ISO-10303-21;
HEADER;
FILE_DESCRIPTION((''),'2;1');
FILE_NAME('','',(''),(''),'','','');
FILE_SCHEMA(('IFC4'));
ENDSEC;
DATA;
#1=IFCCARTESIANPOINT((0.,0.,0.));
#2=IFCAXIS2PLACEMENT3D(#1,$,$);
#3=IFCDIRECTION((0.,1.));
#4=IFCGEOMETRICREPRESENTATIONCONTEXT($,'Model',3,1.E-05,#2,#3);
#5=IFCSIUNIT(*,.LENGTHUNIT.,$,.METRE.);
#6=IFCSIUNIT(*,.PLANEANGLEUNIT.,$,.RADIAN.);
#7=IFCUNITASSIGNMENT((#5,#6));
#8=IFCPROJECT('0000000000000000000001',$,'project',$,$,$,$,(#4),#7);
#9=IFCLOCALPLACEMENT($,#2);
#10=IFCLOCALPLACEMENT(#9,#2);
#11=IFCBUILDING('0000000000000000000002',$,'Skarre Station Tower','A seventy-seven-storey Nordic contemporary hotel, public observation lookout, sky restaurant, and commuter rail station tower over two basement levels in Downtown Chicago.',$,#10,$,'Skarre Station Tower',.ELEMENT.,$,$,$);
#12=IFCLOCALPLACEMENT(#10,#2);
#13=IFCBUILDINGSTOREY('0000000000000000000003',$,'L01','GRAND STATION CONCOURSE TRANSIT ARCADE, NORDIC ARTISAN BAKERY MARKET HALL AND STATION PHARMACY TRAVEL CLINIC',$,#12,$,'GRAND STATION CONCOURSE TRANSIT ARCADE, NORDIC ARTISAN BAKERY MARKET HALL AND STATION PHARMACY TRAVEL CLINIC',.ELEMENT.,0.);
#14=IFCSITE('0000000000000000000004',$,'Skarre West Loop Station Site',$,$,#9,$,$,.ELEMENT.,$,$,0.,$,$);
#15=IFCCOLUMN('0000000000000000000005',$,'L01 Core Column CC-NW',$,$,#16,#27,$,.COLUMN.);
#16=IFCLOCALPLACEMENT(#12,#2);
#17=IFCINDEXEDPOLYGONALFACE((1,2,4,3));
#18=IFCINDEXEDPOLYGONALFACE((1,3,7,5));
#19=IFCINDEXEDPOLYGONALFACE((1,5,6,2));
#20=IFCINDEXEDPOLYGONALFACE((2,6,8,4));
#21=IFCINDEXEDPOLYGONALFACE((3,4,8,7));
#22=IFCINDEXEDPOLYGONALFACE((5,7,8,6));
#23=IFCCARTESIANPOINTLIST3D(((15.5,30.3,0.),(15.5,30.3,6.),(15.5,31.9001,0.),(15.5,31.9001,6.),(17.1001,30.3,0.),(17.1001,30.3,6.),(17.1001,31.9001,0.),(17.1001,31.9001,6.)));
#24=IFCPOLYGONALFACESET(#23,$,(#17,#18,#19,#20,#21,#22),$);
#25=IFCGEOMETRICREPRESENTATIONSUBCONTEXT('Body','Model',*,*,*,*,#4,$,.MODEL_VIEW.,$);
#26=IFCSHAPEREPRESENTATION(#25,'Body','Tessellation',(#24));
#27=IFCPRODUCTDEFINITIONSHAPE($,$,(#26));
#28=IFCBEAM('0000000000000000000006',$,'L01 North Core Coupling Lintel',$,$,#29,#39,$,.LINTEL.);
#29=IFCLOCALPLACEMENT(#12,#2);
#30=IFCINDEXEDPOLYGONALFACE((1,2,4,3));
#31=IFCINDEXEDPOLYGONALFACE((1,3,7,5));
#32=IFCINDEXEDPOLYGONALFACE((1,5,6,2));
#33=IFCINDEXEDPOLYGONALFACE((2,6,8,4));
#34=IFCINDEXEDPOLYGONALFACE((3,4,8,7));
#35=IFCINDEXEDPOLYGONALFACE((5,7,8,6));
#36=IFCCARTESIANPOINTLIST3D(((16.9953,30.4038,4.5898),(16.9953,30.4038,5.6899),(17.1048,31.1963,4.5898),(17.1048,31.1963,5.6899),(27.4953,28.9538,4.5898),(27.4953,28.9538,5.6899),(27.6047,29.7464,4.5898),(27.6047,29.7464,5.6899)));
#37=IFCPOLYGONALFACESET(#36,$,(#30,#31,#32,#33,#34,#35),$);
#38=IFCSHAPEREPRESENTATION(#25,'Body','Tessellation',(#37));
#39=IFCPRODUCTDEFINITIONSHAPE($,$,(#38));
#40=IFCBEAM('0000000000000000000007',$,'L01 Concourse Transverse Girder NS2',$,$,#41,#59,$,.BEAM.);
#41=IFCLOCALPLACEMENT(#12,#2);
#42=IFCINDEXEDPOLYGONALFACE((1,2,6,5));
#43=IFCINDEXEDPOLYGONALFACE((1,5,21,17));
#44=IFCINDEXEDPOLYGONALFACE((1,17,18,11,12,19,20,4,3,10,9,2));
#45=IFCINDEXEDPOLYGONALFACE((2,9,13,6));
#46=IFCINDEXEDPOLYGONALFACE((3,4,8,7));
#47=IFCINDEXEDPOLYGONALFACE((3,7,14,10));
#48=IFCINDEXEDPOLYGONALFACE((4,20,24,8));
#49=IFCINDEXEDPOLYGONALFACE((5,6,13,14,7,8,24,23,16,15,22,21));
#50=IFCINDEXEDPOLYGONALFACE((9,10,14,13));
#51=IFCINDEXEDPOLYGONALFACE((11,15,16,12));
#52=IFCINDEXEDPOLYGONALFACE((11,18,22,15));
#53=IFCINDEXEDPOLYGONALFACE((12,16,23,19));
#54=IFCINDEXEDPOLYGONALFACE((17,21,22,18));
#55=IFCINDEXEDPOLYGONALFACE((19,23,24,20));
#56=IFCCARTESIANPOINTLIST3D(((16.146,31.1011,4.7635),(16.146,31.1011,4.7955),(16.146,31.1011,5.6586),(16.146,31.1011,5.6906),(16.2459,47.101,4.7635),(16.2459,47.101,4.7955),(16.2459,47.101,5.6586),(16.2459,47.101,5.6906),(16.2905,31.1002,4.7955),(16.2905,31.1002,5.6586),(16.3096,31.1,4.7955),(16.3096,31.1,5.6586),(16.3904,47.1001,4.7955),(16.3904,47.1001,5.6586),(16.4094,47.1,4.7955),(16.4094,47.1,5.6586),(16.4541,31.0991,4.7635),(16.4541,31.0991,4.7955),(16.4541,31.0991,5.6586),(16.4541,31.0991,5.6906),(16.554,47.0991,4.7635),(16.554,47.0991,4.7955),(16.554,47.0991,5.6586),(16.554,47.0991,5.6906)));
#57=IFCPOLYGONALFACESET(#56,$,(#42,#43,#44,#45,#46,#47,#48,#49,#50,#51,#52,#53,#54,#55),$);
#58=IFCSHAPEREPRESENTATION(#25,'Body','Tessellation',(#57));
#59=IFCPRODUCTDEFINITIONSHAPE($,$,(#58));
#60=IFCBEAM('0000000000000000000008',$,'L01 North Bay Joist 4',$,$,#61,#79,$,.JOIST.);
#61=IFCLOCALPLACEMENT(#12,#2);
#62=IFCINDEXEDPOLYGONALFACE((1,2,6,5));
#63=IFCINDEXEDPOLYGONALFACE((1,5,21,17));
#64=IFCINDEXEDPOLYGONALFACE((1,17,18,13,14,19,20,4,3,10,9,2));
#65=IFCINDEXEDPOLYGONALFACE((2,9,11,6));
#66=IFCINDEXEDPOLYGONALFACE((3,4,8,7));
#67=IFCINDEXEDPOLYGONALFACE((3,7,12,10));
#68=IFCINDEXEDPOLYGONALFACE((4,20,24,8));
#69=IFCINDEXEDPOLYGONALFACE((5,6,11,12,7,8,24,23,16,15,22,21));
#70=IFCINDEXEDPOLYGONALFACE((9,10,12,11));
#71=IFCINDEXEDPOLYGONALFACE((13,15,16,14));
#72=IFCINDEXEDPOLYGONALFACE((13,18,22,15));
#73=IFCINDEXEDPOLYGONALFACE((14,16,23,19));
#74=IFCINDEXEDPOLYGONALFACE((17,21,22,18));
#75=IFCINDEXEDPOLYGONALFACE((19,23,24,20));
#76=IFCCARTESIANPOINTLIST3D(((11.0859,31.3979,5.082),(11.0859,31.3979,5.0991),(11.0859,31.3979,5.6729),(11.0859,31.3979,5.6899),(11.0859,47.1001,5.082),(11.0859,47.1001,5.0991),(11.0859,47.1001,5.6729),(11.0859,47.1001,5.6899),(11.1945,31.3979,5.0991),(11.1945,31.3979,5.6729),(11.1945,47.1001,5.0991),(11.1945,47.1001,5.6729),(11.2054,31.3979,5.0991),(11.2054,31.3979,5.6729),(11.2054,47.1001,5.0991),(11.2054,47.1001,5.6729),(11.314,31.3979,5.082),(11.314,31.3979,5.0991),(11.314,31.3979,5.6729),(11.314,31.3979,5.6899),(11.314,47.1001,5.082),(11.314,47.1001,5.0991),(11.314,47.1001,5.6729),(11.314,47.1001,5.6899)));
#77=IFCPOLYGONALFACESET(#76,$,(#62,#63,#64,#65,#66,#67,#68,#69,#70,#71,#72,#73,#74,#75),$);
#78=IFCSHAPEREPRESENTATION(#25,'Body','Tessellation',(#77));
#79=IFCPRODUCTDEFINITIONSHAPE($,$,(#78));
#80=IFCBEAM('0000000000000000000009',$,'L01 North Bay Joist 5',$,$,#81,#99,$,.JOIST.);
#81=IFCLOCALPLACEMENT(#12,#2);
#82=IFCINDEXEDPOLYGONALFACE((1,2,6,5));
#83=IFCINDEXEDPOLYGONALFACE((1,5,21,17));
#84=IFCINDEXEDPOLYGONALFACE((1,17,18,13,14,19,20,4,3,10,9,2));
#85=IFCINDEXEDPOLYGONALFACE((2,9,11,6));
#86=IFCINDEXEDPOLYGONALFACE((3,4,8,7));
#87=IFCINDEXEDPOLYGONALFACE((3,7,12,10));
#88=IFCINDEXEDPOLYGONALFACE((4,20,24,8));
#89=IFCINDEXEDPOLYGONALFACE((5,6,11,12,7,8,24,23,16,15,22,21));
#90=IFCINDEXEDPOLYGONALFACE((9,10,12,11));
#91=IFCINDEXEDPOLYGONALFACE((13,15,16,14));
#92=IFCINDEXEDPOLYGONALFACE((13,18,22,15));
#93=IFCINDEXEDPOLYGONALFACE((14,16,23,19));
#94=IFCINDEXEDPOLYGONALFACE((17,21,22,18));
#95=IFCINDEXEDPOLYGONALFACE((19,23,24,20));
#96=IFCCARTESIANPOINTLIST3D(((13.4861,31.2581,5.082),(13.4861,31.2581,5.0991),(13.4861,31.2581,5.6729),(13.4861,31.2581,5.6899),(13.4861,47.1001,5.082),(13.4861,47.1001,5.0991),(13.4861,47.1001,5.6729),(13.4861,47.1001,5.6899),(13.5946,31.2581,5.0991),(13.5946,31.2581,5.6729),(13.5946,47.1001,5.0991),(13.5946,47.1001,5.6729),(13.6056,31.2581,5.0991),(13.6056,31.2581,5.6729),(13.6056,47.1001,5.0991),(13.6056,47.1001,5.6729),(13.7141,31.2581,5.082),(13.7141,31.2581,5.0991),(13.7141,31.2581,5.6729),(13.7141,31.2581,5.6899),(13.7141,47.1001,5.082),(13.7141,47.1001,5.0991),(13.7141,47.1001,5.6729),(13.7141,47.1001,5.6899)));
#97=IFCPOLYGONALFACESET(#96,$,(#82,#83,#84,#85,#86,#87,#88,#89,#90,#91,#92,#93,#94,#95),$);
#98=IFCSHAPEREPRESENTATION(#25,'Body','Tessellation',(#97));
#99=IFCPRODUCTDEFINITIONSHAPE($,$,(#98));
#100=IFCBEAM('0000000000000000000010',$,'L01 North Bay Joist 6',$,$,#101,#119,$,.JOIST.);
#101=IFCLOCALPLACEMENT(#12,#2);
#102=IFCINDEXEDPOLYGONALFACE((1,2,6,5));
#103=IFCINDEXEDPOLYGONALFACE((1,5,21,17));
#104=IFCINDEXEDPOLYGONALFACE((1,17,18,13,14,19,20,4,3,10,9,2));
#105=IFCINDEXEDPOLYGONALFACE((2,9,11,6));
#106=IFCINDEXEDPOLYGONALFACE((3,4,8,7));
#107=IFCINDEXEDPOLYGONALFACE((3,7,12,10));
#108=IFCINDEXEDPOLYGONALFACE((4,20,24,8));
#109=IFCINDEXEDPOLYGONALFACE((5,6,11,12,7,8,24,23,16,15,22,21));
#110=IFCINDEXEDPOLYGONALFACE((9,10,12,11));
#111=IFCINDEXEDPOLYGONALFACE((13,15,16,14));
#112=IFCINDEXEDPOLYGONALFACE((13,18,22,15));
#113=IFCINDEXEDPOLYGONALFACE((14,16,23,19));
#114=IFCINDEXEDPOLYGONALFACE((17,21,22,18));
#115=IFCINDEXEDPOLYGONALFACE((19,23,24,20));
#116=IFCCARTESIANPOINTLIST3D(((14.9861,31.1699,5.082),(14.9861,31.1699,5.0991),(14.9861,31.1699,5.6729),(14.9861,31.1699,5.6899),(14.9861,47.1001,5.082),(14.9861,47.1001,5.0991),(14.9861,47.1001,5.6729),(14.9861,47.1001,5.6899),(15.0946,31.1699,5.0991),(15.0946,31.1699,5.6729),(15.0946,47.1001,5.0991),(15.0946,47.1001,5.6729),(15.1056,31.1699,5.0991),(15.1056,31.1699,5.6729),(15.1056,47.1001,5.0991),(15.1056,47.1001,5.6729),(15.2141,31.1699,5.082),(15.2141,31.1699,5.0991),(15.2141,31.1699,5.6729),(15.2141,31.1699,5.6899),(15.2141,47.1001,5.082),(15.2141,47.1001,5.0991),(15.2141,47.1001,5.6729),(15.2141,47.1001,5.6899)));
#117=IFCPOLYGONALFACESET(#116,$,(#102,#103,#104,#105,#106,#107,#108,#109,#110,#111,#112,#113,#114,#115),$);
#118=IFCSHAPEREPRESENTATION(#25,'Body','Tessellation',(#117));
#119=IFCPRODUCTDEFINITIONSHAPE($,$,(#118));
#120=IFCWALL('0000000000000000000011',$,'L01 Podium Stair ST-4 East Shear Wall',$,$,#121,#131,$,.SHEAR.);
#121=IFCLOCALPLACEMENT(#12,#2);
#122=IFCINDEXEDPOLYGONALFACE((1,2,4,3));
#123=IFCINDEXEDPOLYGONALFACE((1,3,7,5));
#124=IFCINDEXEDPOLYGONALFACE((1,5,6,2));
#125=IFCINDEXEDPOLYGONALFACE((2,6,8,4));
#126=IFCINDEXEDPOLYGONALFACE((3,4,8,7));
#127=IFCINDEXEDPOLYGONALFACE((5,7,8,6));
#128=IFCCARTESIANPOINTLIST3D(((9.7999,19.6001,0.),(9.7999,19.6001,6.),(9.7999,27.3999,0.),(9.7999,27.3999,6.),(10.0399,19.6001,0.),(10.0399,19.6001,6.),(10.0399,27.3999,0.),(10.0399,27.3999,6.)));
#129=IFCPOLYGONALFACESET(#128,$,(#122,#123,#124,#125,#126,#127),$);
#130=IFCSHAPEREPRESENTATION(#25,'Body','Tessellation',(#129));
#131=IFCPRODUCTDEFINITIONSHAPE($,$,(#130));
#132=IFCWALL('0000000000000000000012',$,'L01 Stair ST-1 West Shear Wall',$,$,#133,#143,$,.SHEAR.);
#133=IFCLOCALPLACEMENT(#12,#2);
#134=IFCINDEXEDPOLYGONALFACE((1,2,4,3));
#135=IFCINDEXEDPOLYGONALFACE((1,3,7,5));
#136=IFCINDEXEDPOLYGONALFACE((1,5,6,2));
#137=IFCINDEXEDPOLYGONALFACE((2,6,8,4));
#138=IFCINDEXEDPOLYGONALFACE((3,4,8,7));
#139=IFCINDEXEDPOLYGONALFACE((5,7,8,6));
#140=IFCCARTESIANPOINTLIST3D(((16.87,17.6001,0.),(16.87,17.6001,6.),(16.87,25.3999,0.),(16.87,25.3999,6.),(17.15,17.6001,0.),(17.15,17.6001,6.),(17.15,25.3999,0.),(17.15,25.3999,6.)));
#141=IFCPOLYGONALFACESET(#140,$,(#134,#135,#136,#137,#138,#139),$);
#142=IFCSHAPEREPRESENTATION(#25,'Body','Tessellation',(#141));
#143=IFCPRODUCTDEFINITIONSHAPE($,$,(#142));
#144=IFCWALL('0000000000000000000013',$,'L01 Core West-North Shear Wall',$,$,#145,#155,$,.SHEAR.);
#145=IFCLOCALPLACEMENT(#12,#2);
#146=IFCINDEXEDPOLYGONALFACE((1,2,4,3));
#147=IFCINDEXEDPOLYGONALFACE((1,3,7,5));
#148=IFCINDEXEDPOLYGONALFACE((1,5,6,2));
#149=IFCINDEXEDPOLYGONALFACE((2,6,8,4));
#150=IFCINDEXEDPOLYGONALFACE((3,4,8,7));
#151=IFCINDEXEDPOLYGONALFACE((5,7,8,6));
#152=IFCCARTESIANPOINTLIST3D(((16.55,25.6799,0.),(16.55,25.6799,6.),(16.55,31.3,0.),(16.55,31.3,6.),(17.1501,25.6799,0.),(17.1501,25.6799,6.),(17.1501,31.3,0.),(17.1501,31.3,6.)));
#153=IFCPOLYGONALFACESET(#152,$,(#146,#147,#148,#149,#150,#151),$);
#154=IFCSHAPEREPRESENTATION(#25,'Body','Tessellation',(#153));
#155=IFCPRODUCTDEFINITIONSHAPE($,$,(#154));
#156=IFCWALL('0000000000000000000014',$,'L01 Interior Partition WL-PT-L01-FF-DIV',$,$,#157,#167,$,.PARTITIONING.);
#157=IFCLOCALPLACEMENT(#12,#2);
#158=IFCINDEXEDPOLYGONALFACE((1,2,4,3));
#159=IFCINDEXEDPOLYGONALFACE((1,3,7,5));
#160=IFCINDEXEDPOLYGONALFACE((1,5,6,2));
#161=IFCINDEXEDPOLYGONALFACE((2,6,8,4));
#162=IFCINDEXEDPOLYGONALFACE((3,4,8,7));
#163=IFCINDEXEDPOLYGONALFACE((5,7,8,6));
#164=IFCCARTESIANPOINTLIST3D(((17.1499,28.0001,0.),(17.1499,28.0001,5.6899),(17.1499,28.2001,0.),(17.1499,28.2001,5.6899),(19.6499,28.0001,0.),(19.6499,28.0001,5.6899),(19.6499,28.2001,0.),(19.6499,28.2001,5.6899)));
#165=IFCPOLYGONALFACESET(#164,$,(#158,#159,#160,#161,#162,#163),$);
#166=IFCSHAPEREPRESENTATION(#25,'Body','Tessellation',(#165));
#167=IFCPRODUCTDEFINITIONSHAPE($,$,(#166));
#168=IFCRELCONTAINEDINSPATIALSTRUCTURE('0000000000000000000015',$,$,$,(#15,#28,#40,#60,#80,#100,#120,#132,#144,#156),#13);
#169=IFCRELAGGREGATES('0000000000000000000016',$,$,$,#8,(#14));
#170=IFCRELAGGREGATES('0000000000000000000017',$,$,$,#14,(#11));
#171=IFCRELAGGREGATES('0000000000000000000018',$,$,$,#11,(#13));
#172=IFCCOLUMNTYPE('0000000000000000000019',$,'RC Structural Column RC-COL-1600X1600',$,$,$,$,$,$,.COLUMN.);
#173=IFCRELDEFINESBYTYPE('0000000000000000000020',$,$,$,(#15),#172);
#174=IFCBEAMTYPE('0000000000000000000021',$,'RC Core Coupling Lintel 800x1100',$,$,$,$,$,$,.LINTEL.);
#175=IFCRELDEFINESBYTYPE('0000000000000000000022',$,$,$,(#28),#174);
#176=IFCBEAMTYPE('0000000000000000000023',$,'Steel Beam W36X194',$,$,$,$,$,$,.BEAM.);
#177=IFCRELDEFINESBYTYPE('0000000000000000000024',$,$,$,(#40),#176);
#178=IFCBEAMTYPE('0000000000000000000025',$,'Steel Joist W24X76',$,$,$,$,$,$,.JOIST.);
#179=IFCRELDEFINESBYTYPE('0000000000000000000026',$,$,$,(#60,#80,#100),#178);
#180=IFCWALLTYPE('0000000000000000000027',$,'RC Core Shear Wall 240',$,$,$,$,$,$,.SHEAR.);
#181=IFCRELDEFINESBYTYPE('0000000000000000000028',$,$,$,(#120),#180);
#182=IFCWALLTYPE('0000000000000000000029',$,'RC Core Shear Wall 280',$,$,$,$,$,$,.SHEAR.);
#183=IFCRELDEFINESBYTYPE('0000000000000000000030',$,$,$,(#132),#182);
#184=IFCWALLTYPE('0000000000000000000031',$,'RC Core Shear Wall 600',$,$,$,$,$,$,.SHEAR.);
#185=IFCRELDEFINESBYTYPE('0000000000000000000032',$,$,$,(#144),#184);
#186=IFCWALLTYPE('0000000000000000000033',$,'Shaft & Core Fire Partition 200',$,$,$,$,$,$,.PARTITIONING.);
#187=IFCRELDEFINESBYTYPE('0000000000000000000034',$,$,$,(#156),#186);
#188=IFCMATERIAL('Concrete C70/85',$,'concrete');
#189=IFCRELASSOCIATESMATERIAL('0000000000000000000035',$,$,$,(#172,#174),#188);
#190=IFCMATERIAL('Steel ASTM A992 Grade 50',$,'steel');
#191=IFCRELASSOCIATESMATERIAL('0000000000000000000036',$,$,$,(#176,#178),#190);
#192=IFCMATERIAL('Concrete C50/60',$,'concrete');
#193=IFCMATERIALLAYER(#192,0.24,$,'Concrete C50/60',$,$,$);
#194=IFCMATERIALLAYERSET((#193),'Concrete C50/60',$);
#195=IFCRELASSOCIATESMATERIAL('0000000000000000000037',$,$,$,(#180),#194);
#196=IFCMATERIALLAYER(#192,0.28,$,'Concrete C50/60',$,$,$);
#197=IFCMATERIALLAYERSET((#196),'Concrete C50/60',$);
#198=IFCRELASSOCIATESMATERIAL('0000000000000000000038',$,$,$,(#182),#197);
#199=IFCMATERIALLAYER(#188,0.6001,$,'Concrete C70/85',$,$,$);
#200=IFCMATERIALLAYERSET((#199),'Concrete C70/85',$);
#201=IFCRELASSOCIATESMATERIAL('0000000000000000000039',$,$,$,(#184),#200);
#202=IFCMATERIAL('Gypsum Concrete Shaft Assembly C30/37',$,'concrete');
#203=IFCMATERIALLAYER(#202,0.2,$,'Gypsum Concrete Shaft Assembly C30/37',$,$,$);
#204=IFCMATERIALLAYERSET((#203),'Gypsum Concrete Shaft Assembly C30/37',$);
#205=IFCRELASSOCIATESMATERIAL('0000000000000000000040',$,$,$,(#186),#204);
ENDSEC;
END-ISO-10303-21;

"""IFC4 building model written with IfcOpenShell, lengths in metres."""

from ifc_helpers import new_model, si_unit, direction, frame, frame_2d, origin, origin_2d, place, context, subcontext, project, spatial, rectangle, i_section, extrude, material, layer, layer_set, material_profile, profile_set, type_object, element, save


model = new_model("IFC4")

# Units and contexts
model_context = context("Model", 3, precision=1e-05, world=origin(), true_north=direction((0.0, 1.0)))
body_context = subcontext(model_context, "Body", "Model", "MODEL_VIEW")
ifc_project = project(units=[si_unit("LENGTHUNIT", "METRE"), si_unit("PLANEANGLEUNIT", "RADIAN")], contexts=[model_context])

# Site, building, storey
site_placement = place(None, origin())
site = spatial("IfcSite", under=ifc_project, at=site_placement, Name="Skarre West Loop Station Site", CompositionType="ELEMENT", RefElevation=0.0)
building_placement = place(site_placement, origin())
building = spatial("IfcBuilding", under=site, at=building_placement, Name="Skarre Station Tower", Description="A seventy-seven-storey Nordic contemporary hotel, public observation lookout, sky restaurant, and commuter rail station tower over two basement levels in Downtown Chicago.", LongName="Skarre Station Tower", CompositionType="ELEMENT")
storey_placement = place(building_placement, origin())
storey = spatial("IfcBuildingStorey", under=building, at=storey_placement, Name="L01", Description="GRAND STATION CONCOURSE TRANSIT ARCADE, NORDIC ARTISAN BAKERY MARKET HALL AND STATION PHARMACY TRAVEL CLINIC", LongName="GRAND STATION CONCOURSE TRANSIT ARCADE, NORDIC ARTISAN BAKERY MARKET HALL AND STATION PHARMACY TRAVEL CLINIC", CompositionType="ELEMENT", Elevation=0.0)

# Column
ifc_material_1 = material(Name="Concrete C70/85", Category="concrete")
ifc_material_profile_1 = material_profile(ifc_material_1, rectangle(XDim=1.6001, YDim=1.6001, at=origin_2d()), Name="Concrete C70/85")
ifc_profile_set_1 = profile_set([ifc_material_profile_1], Name="Concrete C70/85")
column_type = type_object("IfcColumnType", Name="RC Structural Column RC-COL-1600X1600", PredefinedType="COLUMN", material=ifc_profile_set_1)
column_placement = place(storey_placement, frame((16.3, 31.1001, 0.0), z_axis=(0.0, 0.0, 1.0), x_axis=(1.0, 0.0, 0.0)))
element("IfcColumn", 1, at=column_placement, inside=storey, type_object=column_type, Name="L01 Core Column CC-NW", PredefinedType="COLUMN", context=body_context, shape_type="SweptSolid", body=[
    extrude(rectangle(XDim=1.6001, YDim=1.6001, at=origin_2d()), origin(), (0.0, 0.0, 1.0), 6.0),
])

# Beams
ifc_material_profile_2 = material_profile(ifc_material_1, rectangle(XDim=0.8, YDim=1.1001, at=origin_2d()), Name="Concrete C70/85")
ifc_profile_set_2 = profile_set([ifc_material_profile_2], Name="Concrete C70/85")
beam_type_1 = type_object("IfcBeamType", Name="RC Core Coupling Lintel 800x1100", PredefinedType="LINTEL", material=ifc_profile_set_2)
beam_1_placement = place(storey_placement, frame((17.05, 30.8, 5.1399), z_axis=(0.9906, -0.136792, 0.0), x_axis=(0.136792, 0.9906, 0.0)))
element("IfcBeam", 2, at=beam_1_placement, inside=storey, type_object=beam_type_1, Name="L01 North Core Coupling Lintel", PredefinedType="LINTEL", context=body_context, shape_type="SweptSolid", body=[
    extrude(rectangle(XDim=0.8, YDim=1.1001, at=origin_2d()), origin(), (0.0, 0.0, 1.0), 10.5996),
])
ifc_material_2 = material(Name="Steel ASTM A992 Grade 50", Category="steel")
ifc_material_profile_3 = material_profile(ifc_material_2, i_section(OverallWidth=0.3081, OverallDepth=0.927, WebThickness=0.019, FlangeThickness=0.032, at=origin_2d()), Name="Steel ASTM A992 Grade 50")
ifc_profile_set_3 = profile_set([ifc_material_profile_3], Name="Steel ASTM A992 Grade 50")
beam_type_2 = type_object("IfcBeamType", Name="Steel Beam W36X194", PredefinedType="BEAM", material=ifc_profile_set_3)
beam_2_placement = place(storey_placement, frame((16.3, 31.1001, 5.2271), z_axis=(0.006241, 0.999981, 0.0), x_axis=(-0.999981, 0.006241, 0.0)))
element("IfcBeam", 3, at=beam_2_placement, inside=storey, type_object=beam_type_2, Name="L01 Concourse Transverse Girder NS2", PredefinedType="BEAM", context=body_context, shape_type="SweptSolid", body=[
    extrude(i_section(OverallWidth=0.3081, OverallDepth=0.927, WebThickness=0.019, FlangeThickness=0.032, at=origin_2d()), origin(), (0.0, 0.0, 1.0), 16.0002),
])
ifc_material_profile_4 = material_profile(ifc_material_2, i_section(OverallWidth=0.228, OverallDepth=0.6079, WebThickness=0.011, FlangeThickness=0.0171, at=origin_2d()), Name="Steel ASTM A992 Grade 50")
ifc_profile_set_4 = profile_set([ifc_material_profile_4], Name="Steel ASTM A992 Grade 50")
beam_type_3 = type_object("IfcBeamType", Name="Steel Joist W24X76", PredefinedType="JOIST", material=ifc_profile_set_4)
beam_3_placement = place(storey_placement, frame((11.2, 31.3979, 5.386), z_axis=(0.0, 1.0, 0.0), x_axis=(-1.0, 0.0, 0.0)))
element("IfcBeam", 4, at=beam_3_placement, inside=storey, type_object=beam_type_3, Name="L01 North Bay Joist 4", PredefinedType="JOIST", context=body_context, shape_type="SweptSolid", body=[
    extrude(i_section(OverallWidth=0.228, OverallDepth=0.6079, WebThickness=0.011, FlangeThickness=0.0171, at=origin_2d()), origin(), (0.0, 0.0, 1.0), 15.7021),
])
beam_4_placement = place(storey_placement, frame((13.6001, 31.2581, 5.386), z_axis=(0.0, 1.0, 0.0), x_axis=(-1.0, 0.0, 0.0)))
element("IfcBeam", 5, at=beam_4_placement, inside=storey, type_object=beam_type_3, Name="L01 North Bay Joist 5", PredefinedType="JOIST", context=body_context, shape_type="SweptSolid", body=[
    extrude(i_section(OverallWidth=0.228, OverallDepth=0.6079, WebThickness=0.011, FlangeThickness=0.0171, at=origin_2d()), origin(), (0.0, 0.0, 1.0), 15.842),
])
beam_5_placement = place(storey_placement, frame((15.1001, 31.1699, 5.386), z_axis=(0.0, 1.0, 0.0), x_axis=(-1.0, 0.0, 0.0)))
element("IfcBeam", 6, at=beam_5_placement, inside=storey, type_object=beam_type_3, Name="L01 North Bay Joist 6", PredefinedType="JOIST", context=body_context, shape_type="SweptSolid", body=[
    extrude(i_section(OverallWidth=0.228, OverallDepth=0.6079, WebThickness=0.011, FlangeThickness=0.0171, at=origin_2d()), origin(), (0.0, 0.0, 1.0), 15.9302),
])

# Walls
ifc_material_3 = material(Name="Concrete C50/60", Category="concrete")
ifc_layer_1 = layer(ifc_material_3, 0.24, Name="Concrete C50/60")
ifc_layer_set_1 = layer_set([ifc_layer_1], Name="Concrete C50/60")
wall_type_1 = type_object("IfcWallType", Name="RC Core Shear Wall 240", PredefinedType="SHEAR", material=ifc_layer_set_1)
wall_1_placement = place(storey_placement, frame((9.9199, 19.6001, 0.0), z_axis=(0.0, 0.0, 1.0), x_axis=(0.0, 1.0, 0.0)))
element("IfcWall", 7, at=wall_1_placement, inside=storey, type_object=wall_type_1, Name="L01 Podium Stair ST-4 East Shear Wall", PredefinedType="SHEAR", context=body_context, shape_type="SweptSolid", body=[
    extrude(rectangle(XDim=7.7998, YDim=0.24, at=frame_2d((3.8999, 0.0))), origin(), (0.0, 0.0, 1.0), 6.0),
])
ifc_layer_2 = layer(ifc_material_3, 0.28, Name="Concrete C50/60")
ifc_layer_set_2 = layer_set([ifc_layer_2], Name="Concrete C50/60")
wall_type_2 = type_object("IfcWallType", Name="RC Core Shear Wall 280", PredefinedType="SHEAR", material=ifc_layer_set_2)
wall_2_placement = place(storey_placement, frame((17.01, 25.3999, 0.0), z_axis=(0.0, 0.0, 1.0), x_axis=(0.0, -1.0, 0.0)))
element("IfcWall", 8, at=wall_2_placement, inside=storey, type_object=wall_type_2, Name="L01 Stair ST-1 West Shear Wall", PredefinedType="SHEAR", context=body_context, shape_type="SweptSolid", body=[
    extrude(rectangle(XDim=7.7998, YDim=0.28, at=frame_2d((3.8999, 0.0))), origin(), (0.0, 0.0, 1.0), 6.0),
])
ifc_layer_3 = layer(ifc_material_1, 0.6001, Name="Concrete C70/85")
ifc_layer_set_3 = layer_set([ifc_layer_3], Name="Concrete C70/85")
wall_type_3 = type_object("IfcWallType", Name="RC Core Shear Wall 600", PredefinedType="SHEAR", material=ifc_layer_set_3)
wall_3_placement = place(storey_placement, frame((16.8501, 25.6799, 0.0), z_axis=(0.0, 0.0, 1.0), x_axis=(0.0, 1.0, 0.0)))
element("IfcWall", 9, at=wall_3_placement, inside=storey, type_object=wall_type_3, Name="L01 Core West-North Shear Wall", PredefinedType="SHEAR", context=body_context, shape_type="SweptSolid", body=[
    extrude(rectangle(XDim=5.6201, YDim=0.6001, at=frame_2d((2.8101, 0.0))), origin(), (0.0, 0.0, 1.0), 6.0),
])
ifc_material_4 = material(Name="Gypsum Concrete Shaft Assembly C30/37", Category="concrete")
ifc_layer_4 = layer(ifc_material_4, 0.2, Name="Gypsum Concrete Shaft Assembly C30/37")
ifc_layer_set_4 = layer_set([ifc_layer_4], Name="Gypsum Concrete Shaft Assembly C30/37")
wall_type_4 = type_object("IfcWallType", Name="Shaft & Core Fire Partition 200", PredefinedType="PARTITIONING", material=ifc_layer_set_4)
wall_4_placement = place(storey_placement, frame((17.1499, 28.1001, 0.0), z_axis=(0.0, 0.0, 1.0), x_axis=(1.0, 0.0, 0.0)))
element("IfcWall", 10, at=wall_4_placement, inside=storey, type_object=wall_type_4, Name="L01 Interior Partition WL-PT-L01-FF-DIV", PredefinedType="PARTITIONING", context=body_context, shape_type="SweptSolid", body=[
    extrude(rectangle(XDim=2.5, YDim=0.2, at=frame_2d((1.25, 0.0))), origin(), (0.0, 0.0, 1.0), 5.6899),
])

save(model, "model.ifc")
